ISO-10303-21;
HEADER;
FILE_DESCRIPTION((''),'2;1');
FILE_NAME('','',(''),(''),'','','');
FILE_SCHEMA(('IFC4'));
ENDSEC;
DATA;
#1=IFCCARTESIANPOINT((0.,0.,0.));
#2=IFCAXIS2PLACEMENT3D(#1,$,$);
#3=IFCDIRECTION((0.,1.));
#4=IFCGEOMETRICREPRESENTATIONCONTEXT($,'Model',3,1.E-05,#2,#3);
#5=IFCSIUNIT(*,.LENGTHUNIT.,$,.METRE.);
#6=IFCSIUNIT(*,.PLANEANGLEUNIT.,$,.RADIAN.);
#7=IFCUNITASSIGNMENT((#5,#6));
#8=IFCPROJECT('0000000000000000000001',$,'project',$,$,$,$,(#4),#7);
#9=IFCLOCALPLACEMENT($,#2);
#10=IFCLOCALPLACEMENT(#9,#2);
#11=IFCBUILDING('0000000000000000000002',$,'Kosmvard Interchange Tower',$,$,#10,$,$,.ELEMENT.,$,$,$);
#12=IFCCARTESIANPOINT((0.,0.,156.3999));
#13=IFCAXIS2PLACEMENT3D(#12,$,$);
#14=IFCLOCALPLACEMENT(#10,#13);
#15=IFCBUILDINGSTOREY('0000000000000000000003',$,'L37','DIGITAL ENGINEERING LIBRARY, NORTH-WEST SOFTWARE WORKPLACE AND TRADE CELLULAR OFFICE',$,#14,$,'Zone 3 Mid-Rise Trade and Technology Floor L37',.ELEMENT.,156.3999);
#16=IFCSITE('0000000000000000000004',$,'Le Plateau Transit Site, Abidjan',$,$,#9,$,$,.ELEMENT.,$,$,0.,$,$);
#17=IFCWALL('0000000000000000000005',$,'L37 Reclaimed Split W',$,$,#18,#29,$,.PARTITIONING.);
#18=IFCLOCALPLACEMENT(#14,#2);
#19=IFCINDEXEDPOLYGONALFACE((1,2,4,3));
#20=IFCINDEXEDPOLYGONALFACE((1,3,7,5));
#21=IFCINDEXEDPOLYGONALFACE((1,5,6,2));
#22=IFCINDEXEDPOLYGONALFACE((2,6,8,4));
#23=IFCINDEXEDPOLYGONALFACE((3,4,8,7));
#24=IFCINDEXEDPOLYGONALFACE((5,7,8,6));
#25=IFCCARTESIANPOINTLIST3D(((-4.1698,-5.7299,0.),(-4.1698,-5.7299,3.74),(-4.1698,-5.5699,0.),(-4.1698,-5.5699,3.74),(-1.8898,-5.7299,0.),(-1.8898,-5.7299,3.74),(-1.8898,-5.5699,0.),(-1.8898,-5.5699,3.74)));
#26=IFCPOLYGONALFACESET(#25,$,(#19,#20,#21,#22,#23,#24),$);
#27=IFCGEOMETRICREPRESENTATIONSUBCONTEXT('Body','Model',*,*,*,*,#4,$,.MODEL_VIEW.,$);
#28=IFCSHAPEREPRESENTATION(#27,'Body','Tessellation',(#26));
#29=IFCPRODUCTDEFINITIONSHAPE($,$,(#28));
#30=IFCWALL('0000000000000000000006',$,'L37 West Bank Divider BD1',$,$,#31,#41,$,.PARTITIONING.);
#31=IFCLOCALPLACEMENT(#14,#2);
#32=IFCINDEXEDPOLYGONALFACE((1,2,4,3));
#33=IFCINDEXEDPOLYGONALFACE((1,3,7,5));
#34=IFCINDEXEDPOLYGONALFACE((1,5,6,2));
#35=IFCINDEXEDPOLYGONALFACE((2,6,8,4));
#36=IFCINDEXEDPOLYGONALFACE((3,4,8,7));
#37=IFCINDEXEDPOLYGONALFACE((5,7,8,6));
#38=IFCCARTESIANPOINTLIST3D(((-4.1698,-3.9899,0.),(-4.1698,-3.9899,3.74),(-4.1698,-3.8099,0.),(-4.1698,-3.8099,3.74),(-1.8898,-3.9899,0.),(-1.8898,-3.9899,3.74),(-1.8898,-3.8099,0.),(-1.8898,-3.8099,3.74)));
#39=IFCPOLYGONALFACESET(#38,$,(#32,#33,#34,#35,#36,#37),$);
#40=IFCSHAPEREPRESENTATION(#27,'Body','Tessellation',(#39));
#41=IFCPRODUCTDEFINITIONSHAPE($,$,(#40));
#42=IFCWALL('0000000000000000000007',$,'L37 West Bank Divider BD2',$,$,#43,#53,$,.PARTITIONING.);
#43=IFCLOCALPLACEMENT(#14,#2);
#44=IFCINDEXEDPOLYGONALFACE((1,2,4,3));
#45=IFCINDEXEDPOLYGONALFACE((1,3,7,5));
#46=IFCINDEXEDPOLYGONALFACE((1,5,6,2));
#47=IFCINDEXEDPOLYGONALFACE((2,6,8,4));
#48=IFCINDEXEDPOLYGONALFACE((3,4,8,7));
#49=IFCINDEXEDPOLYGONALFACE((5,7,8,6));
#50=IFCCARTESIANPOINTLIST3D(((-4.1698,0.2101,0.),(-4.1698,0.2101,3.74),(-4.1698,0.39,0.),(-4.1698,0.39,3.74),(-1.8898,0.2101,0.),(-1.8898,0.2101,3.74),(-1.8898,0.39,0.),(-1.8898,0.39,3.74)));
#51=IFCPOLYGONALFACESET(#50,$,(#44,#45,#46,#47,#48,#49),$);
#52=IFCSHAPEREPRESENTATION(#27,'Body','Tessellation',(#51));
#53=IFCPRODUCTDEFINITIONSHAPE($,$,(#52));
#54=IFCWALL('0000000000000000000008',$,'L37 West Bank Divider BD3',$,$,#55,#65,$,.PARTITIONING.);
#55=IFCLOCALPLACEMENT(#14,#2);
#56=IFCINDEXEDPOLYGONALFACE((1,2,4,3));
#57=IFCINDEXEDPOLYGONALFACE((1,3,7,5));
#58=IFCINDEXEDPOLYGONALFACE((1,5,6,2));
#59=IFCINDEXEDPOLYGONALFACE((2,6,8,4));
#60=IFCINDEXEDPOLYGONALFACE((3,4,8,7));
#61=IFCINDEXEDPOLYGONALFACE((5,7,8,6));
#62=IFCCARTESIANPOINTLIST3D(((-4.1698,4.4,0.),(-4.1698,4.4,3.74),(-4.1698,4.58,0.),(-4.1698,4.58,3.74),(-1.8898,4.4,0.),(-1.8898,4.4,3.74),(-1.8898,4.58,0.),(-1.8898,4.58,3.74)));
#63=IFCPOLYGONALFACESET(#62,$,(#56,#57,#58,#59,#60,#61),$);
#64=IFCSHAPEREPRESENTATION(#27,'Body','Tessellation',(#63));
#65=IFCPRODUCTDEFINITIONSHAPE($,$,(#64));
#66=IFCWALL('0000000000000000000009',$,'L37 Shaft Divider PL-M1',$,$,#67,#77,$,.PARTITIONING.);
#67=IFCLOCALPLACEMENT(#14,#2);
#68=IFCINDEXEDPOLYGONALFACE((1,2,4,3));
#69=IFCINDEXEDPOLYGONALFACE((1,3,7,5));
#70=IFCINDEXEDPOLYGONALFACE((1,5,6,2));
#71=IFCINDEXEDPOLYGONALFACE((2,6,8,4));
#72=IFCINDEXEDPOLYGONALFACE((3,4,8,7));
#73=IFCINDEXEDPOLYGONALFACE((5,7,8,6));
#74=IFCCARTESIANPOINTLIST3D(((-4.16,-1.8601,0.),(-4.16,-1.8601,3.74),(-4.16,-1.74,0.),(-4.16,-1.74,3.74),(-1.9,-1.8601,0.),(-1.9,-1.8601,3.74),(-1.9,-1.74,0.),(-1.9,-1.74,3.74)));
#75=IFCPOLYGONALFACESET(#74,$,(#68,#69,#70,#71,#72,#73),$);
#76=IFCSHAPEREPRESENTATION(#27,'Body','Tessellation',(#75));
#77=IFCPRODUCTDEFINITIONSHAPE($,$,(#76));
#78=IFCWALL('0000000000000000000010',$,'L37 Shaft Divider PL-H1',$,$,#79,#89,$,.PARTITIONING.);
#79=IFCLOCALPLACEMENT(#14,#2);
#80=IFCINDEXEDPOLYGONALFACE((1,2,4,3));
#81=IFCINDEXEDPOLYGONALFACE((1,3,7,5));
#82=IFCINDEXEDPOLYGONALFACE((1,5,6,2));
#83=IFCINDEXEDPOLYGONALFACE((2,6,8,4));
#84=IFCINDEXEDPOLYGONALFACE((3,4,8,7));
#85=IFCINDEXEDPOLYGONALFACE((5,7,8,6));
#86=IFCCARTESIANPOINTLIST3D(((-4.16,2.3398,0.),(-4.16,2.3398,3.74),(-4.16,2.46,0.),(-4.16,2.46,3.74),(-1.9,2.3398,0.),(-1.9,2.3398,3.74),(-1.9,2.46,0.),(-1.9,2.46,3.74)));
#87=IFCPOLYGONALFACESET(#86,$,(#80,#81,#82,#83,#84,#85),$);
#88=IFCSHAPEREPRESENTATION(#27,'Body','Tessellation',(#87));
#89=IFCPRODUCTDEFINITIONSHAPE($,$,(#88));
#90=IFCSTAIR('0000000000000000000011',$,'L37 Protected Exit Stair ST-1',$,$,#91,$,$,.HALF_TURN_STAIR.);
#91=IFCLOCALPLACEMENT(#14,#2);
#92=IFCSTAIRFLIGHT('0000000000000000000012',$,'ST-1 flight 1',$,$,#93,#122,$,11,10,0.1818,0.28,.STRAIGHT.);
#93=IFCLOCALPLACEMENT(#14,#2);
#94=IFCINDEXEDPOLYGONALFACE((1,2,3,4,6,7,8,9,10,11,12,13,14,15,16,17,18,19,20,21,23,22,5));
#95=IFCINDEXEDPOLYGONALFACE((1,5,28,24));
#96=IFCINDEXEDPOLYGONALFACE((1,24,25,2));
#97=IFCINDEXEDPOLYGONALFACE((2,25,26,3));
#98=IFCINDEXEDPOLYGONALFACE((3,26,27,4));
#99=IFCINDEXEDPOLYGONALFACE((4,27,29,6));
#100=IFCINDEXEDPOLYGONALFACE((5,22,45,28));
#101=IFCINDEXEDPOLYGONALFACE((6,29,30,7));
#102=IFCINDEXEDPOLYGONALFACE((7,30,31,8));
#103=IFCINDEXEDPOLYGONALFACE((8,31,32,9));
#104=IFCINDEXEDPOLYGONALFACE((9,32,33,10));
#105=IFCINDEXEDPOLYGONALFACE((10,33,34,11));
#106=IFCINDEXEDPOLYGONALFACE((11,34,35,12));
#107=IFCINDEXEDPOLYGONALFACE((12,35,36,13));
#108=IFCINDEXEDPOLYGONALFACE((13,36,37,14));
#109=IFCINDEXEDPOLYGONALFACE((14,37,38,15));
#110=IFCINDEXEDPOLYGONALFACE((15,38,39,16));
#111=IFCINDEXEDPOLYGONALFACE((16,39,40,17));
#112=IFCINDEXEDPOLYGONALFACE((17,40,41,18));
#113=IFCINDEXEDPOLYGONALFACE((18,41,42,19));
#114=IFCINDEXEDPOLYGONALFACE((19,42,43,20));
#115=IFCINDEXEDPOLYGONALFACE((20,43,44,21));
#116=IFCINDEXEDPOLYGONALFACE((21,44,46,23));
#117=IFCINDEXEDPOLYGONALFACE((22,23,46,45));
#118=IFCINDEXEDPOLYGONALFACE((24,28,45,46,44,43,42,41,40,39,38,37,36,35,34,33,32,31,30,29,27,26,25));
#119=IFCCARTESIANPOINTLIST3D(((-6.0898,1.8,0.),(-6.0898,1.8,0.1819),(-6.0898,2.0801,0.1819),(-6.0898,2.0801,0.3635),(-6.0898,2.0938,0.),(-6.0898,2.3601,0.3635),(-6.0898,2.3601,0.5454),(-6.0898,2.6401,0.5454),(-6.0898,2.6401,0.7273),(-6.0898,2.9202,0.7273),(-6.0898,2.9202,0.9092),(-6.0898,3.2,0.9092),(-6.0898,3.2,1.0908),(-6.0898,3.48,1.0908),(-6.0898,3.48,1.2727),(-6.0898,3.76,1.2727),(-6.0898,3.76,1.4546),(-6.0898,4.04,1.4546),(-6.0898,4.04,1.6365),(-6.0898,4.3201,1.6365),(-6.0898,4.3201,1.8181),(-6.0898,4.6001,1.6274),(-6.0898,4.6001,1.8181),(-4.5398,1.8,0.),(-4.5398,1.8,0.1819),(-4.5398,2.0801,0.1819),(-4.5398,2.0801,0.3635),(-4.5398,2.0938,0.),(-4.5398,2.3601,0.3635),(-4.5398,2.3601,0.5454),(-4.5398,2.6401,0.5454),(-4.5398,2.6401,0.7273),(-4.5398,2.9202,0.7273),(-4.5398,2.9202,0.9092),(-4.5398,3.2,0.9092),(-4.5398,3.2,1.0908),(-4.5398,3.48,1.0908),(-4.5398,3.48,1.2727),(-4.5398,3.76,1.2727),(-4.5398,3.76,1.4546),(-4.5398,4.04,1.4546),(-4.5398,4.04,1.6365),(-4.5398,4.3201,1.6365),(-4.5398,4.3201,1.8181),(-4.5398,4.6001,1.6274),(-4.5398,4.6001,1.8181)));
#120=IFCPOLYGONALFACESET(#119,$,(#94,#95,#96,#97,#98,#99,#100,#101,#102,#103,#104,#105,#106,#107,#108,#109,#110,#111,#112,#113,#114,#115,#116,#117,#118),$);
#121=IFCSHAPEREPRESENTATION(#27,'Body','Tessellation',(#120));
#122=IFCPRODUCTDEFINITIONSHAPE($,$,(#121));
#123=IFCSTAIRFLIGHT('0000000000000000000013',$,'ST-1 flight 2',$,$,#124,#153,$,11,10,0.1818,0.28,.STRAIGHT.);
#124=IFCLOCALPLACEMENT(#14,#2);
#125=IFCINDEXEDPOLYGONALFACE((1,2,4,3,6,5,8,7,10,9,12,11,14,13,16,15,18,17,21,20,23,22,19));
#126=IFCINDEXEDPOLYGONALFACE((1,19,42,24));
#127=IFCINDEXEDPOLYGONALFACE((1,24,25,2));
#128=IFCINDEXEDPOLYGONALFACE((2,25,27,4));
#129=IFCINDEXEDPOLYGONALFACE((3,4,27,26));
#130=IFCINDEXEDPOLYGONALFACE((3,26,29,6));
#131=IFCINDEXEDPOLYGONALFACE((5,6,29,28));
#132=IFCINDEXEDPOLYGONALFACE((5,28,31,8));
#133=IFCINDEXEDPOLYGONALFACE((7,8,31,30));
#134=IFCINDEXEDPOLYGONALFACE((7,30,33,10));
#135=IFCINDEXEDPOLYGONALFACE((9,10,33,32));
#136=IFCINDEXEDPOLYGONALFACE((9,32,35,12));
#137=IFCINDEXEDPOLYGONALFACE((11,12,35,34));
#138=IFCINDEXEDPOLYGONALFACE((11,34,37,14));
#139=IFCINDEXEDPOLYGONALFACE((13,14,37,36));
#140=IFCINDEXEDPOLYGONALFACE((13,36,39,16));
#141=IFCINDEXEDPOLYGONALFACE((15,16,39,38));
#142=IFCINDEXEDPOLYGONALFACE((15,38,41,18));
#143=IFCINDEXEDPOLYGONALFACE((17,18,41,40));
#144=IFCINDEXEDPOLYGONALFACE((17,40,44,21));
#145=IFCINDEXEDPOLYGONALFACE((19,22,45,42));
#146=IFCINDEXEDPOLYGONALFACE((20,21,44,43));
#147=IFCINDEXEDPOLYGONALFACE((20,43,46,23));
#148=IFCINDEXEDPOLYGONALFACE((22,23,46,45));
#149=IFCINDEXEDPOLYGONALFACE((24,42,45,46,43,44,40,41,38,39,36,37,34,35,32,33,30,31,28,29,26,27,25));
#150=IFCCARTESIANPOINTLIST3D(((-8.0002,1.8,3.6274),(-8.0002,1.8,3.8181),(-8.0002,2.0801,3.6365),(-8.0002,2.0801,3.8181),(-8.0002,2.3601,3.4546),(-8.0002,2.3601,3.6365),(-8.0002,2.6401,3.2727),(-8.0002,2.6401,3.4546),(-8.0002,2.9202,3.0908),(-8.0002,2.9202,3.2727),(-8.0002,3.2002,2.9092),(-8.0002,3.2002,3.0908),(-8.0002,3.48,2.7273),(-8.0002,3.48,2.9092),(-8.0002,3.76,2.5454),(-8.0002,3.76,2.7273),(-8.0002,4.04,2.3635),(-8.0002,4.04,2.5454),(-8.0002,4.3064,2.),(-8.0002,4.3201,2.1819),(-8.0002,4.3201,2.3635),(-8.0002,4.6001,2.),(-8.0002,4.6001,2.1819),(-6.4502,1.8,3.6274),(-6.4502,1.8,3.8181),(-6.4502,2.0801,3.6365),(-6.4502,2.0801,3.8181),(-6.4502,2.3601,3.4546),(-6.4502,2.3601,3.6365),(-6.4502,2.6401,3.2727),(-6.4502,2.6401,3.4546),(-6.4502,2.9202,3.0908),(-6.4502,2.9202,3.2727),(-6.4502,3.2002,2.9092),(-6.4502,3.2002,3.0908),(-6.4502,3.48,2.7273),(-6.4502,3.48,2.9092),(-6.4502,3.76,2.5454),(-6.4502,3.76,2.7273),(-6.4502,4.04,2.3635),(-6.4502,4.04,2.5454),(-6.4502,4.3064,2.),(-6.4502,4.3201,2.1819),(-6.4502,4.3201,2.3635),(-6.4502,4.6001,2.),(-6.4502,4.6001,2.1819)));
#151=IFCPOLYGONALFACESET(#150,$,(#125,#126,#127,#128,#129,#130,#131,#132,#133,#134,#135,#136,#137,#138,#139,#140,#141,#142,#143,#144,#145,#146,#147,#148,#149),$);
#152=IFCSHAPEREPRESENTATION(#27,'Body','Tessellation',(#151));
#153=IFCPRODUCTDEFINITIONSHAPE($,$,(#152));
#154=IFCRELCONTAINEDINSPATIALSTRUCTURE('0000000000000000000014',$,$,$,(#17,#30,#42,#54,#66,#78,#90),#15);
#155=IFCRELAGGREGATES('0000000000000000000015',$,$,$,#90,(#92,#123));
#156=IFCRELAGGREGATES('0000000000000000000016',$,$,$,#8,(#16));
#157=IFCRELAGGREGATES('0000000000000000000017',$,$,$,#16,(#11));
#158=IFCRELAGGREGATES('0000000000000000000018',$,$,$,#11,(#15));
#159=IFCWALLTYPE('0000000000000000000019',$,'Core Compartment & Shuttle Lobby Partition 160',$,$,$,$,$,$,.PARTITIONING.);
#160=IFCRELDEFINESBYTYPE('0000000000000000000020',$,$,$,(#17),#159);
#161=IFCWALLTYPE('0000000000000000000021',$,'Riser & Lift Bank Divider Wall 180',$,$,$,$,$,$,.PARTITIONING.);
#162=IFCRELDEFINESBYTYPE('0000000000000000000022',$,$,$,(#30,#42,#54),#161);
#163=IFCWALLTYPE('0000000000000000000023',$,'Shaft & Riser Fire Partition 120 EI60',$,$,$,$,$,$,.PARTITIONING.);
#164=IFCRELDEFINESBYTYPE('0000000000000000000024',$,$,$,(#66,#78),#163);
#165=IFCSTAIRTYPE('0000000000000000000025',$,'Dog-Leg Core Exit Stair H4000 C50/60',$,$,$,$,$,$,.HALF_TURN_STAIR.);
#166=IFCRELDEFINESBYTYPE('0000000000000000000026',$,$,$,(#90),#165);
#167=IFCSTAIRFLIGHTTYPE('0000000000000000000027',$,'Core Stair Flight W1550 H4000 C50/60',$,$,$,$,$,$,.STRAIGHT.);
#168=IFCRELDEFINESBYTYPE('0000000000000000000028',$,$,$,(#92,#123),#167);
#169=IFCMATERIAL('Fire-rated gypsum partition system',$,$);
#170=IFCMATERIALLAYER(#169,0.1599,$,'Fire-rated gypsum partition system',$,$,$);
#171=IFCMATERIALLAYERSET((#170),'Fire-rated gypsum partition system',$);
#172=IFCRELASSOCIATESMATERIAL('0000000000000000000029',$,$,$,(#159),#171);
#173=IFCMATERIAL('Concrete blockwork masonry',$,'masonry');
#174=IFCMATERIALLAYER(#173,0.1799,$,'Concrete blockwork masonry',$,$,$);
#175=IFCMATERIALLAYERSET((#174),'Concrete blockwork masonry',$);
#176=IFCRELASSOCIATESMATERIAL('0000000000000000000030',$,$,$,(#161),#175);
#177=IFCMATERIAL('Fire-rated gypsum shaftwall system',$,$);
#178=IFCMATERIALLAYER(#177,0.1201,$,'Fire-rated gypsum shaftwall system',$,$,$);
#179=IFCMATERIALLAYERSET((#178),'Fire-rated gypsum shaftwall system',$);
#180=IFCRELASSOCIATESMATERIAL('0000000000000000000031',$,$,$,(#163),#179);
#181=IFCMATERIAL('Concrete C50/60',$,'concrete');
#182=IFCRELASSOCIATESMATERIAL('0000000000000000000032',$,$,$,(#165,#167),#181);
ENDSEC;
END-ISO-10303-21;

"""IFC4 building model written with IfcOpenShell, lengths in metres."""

from ifc_helpers import new_model, si_unit, direction, frame, frame_2d, origin, place, context, subcontext, project, spatial, polyline, rectangle, outline, extrude, source, transform, mapped, material, layer, layer_set, type_object, element, aggregate, save


model = new_model("IFC4")

# Units and contexts
model_context = context("Model", 3, precision=1e-05, world=origin(), true_north=direction((0.0, 1.0)))
body_context = subcontext(model_context, "Body", "Model", "MODEL_VIEW")
ifc_project = project(units=[si_unit("LENGTHUNIT", "METRE"), si_unit("PLANEANGLEUNIT", "RADIAN")], contexts=[model_context])

# Site, building, storey
site_placement = place(None, origin())
site = spatial("IfcSite", under=ifc_project, at=site_placement, Name="Le Plateau Transit Site, Abidjan", CompositionType="ELEMENT", RefElevation=0.0)
building_placement = place(site_placement, origin())
building = spatial("IfcBuilding", under=site, at=building_placement, Name="Kosmvard Interchange Tower", CompositionType="ELEMENT")
storey_placement = place(building_placement, frame((0.0, 0.0, 156.3999)))
storey = spatial("IfcBuildingStorey", under=building, at=storey_placement, Name="L37", Description="DIGITAL ENGINEERING LIBRARY, NORTH-WEST SOFTWARE WORKPLACE AND TRADE CELLULAR OFFICE", LongName="Zone 3 Mid-Rise Trade and Technology Floor L37", CompositionType="ELEMENT", Elevation=156.3999)

# Walls
ifc_material_1 = material(Name="Fire-rated gypsum partition system")
ifc_layer_1 = layer(ifc_material_1, 0.1599, Name="Fire-rated gypsum partition system")
ifc_layer_set_1 = layer_set([ifc_layer_1], Name="Fire-rated gypsum partition system")
wall_type_1 = type_object("IfcWallType", Name="Core Compartment & Shuttle Lobby Partition 160", PredefinedType="PARTITIONING", material=ifc_layer_set_1)
wall_placement = place(storey_placement, frame((-4.1699, -5.6499, 0.0), z_axis=(0.0, 0.0, 1.0), x_axis=(1.0, 0.0, 0.0)))
element("IfcWall", 1, at=wall_placement, inside=storey, type_object=wall_type_1, Name="L37 Reclaimed Split W", PredefinedType="PARTITIONING", context=body_context, shape_type="SweptSolid", body=[
    extrude(rectangle(XDim=2.28, YDim=0.1599, at=frame_2d((1.1401, 0.0))), origin(), (0.0, 0.0, 1.0), 3.74),
])
ifc_material_2 = material(Name="Concrete blockwork masonry", Category="masonry")
ifc_layer_2 = layer(ifc_material_2, 0.1799, Name="Concrete blockwork masonry")
ifc_layer_set_2 = layer_set([ifc_layer_2], Name="Concrete blockwork masonry")
wall_type_2 = type_object("IfcWallType", Name="Riser & Lift Bank Divider Wall 180", PredefinedType="PARTITIONING", material=ifc_layer_set_2)
for number, where, z_axis, x_axis, name in (
    (2, (-4.1699, -3.8999, 0.0), (0.0, 0.0, 1.0), (1.0, 0.0, 0.0), "L37 West Bank Divider BD1"),
    (3, (-4.1699, 0.3, 0.0), (0.0, 0.0, 1.0), (1.0, 0.0, 0.0), "L37 West Bank Divider BD2"),
    (4, (-4.1699, 4.49, 0.0), (0.0, 0.0, 1.0), (1.0, 0.0, 0.0), "L37 West Bank Divider BD3"),
):
    element("IfcWall", number, at=place(storey_placement, frame(where, z_axis=z_axis, x_axis=x_axis)), inside=storey, type_object=wall_type_2, Name=name, PredefinedType="PARTITIONING", context=body_context, shape_type="SweptSolid", body=[
        extrude(rectangle(XDim=2.28, YDim=0.1799, at=frame_2d((1.1401, 0.0))), origin(), (0.0, 0.0, 1.0), 3.74),
    ])
ifc_material_3 = material(Name="Fire-rated gypsum shaftwall system")
ifc_layer_3 = layer(ifc_material_3, 0.1201, Name="Fire-rated gypsum shaftwall system")
ifc_layer_set_3 = layer_set([ifc_layer_3], Name="Fire-rated gypsum shaftwall system")
wall_type_3 = type_object("IfcWallType", Name="Shaft & Riser Fire Partition 120 EI60", PredefinedType="PARTITIONING", material=ifc_layer_set_3)
for number, where, z_axis, x_axis, name in (
    (5, (-4.1599, -1.8, 0.0), (0.0, 0.0, 1.0), (1.0, 0.0, 0.0), "L37 Shaft Divider PL-M1"),
    (6, (-4.1599, 2.3999, 0.0), (0.0, 0.0, 1.0), (1.0, 0.0, 0.0), "L37 Shaft Divider PL-H1"),
):
    element("IfcWall", number, at=place(storey_placement, frame(where, z_axis=z_axis, x_axis=x_axis)), inside=storey, type_object=wall_type_3, Name=name, PredefinedType="PARTITIONING", context=body_context, shape_type="SweptSolid", body=[
        extrude(rectangle(XDim=2.26, YDim=0.1201, at=frame_2d((1.1299, 0.0))), origin(), (0.0, 0.0, 1.0), 3.74),
    ])

# Stair, stair flights
ifc_material_4 = material(Name="Concrete C50/60", Category="concrete")
stair_type = type_object("IfcStairType", Name="Dog-Leg Core Exit Stair H4000 C50/60", PredefinedType="HALF_TURN_STAIR", material=ifc_material_4)
stair_placement = place(storey_placement, origin())
stair = element("IfcStair", 7, at=stair_placement, inside=storey, type_object=stair_type, Name="L37 Protected Exit Stair ST-1", PredefinedType="HALF_TURN_STAIR")
stair_flight_type = type_object("IfcStairFlightType", Name="Core Stair Flight W1550 H4000 C50/60", PredefinedType="STRAIGHT", material=ifc_material_4)
shared_shape_1 = source(origin(), body_context, "Body", "SweptSolid", [
    extrude(outline(polyline([(0.0, 0.0), (0.0, 0.1819), (0.28, 0.1819), (0.28, 0.3635), (0.5601, 0.3635), (0.5601, 0.5454), (0.8401, 0.5454), (0.8401, 0.7273), (1.1201, 0.7273), (1.1201, 0.9092), (1.3999, 0.9092), (1.3999, 1.0908), (1.6799, 1.0908), (1.6799, 1.2727), (1.96, 1.2727), (1.96, 1.4546), (2.24, 1.4546), (2.24, 1.6365), (2.52, 1.6365), (2.52, 1.8181), (2.8, 1.8181), (2.8, 2.0), (2.8, 1.6274), (0.2937, 0.0), (0.0, 0.0)])), frame((0.0, 0.7749, 0.0), z_axis=(0.0, -1.0, 0.0), x_axis=(1.0, 0.0, 0.0)), (0.0, 0.0, 1.0), 1.55),
])
stair_flight_1_placement = place(storey_placement, frame((-5.3149, 1.8, 0.0), z_axis=(0.0, 0.0, 1.0), x_axis=(0.0, 1.0, 0.0)))
stair_flight_1 = element("IfcStairFlight", 8, at=stair_flight_1_placement, type_object=stair_flight_type, Name="ST-1 flight 1", NumberOfRisers=11, NumberOfTreads=10, PredefinedType="STRAIGHT", RiserHeight=0.1818, TreadLength=0.28, context=body_context, shape_type="MappedRepresentation", body=[
    mapped(shared_shape_1, transform((0.0, 0.0, 0.0), scale=1.0)),
])
stair_flight_2_placement = place(storey_placement, frame((-7.2251, 4.6001, 2.0), z_axis=(0.0, 0.0, 1.0), x_axis=(0.0, -1.0, 0.0)))
stair_flight_2 = element("IfcStairFlight", 9, at=stair_flight_2_placement, type_object=stair_flight_type, Name="ST-1 flight 2", NumberOfRisers=11, NumberOfTreads=10, PredefinedType="STRAIGHT", RiserHeight=0.1818, TreadLength=0.28, context=body_context, shape_type="MappedRepresentation", body=[
    mapped(shared_shape_1, transform((0.0, 0.0, 0.0), scale=1.0)),
])
aggregate(stair, [stair_flight_1, stair_flight_2])

save(model, "model.ifc")
